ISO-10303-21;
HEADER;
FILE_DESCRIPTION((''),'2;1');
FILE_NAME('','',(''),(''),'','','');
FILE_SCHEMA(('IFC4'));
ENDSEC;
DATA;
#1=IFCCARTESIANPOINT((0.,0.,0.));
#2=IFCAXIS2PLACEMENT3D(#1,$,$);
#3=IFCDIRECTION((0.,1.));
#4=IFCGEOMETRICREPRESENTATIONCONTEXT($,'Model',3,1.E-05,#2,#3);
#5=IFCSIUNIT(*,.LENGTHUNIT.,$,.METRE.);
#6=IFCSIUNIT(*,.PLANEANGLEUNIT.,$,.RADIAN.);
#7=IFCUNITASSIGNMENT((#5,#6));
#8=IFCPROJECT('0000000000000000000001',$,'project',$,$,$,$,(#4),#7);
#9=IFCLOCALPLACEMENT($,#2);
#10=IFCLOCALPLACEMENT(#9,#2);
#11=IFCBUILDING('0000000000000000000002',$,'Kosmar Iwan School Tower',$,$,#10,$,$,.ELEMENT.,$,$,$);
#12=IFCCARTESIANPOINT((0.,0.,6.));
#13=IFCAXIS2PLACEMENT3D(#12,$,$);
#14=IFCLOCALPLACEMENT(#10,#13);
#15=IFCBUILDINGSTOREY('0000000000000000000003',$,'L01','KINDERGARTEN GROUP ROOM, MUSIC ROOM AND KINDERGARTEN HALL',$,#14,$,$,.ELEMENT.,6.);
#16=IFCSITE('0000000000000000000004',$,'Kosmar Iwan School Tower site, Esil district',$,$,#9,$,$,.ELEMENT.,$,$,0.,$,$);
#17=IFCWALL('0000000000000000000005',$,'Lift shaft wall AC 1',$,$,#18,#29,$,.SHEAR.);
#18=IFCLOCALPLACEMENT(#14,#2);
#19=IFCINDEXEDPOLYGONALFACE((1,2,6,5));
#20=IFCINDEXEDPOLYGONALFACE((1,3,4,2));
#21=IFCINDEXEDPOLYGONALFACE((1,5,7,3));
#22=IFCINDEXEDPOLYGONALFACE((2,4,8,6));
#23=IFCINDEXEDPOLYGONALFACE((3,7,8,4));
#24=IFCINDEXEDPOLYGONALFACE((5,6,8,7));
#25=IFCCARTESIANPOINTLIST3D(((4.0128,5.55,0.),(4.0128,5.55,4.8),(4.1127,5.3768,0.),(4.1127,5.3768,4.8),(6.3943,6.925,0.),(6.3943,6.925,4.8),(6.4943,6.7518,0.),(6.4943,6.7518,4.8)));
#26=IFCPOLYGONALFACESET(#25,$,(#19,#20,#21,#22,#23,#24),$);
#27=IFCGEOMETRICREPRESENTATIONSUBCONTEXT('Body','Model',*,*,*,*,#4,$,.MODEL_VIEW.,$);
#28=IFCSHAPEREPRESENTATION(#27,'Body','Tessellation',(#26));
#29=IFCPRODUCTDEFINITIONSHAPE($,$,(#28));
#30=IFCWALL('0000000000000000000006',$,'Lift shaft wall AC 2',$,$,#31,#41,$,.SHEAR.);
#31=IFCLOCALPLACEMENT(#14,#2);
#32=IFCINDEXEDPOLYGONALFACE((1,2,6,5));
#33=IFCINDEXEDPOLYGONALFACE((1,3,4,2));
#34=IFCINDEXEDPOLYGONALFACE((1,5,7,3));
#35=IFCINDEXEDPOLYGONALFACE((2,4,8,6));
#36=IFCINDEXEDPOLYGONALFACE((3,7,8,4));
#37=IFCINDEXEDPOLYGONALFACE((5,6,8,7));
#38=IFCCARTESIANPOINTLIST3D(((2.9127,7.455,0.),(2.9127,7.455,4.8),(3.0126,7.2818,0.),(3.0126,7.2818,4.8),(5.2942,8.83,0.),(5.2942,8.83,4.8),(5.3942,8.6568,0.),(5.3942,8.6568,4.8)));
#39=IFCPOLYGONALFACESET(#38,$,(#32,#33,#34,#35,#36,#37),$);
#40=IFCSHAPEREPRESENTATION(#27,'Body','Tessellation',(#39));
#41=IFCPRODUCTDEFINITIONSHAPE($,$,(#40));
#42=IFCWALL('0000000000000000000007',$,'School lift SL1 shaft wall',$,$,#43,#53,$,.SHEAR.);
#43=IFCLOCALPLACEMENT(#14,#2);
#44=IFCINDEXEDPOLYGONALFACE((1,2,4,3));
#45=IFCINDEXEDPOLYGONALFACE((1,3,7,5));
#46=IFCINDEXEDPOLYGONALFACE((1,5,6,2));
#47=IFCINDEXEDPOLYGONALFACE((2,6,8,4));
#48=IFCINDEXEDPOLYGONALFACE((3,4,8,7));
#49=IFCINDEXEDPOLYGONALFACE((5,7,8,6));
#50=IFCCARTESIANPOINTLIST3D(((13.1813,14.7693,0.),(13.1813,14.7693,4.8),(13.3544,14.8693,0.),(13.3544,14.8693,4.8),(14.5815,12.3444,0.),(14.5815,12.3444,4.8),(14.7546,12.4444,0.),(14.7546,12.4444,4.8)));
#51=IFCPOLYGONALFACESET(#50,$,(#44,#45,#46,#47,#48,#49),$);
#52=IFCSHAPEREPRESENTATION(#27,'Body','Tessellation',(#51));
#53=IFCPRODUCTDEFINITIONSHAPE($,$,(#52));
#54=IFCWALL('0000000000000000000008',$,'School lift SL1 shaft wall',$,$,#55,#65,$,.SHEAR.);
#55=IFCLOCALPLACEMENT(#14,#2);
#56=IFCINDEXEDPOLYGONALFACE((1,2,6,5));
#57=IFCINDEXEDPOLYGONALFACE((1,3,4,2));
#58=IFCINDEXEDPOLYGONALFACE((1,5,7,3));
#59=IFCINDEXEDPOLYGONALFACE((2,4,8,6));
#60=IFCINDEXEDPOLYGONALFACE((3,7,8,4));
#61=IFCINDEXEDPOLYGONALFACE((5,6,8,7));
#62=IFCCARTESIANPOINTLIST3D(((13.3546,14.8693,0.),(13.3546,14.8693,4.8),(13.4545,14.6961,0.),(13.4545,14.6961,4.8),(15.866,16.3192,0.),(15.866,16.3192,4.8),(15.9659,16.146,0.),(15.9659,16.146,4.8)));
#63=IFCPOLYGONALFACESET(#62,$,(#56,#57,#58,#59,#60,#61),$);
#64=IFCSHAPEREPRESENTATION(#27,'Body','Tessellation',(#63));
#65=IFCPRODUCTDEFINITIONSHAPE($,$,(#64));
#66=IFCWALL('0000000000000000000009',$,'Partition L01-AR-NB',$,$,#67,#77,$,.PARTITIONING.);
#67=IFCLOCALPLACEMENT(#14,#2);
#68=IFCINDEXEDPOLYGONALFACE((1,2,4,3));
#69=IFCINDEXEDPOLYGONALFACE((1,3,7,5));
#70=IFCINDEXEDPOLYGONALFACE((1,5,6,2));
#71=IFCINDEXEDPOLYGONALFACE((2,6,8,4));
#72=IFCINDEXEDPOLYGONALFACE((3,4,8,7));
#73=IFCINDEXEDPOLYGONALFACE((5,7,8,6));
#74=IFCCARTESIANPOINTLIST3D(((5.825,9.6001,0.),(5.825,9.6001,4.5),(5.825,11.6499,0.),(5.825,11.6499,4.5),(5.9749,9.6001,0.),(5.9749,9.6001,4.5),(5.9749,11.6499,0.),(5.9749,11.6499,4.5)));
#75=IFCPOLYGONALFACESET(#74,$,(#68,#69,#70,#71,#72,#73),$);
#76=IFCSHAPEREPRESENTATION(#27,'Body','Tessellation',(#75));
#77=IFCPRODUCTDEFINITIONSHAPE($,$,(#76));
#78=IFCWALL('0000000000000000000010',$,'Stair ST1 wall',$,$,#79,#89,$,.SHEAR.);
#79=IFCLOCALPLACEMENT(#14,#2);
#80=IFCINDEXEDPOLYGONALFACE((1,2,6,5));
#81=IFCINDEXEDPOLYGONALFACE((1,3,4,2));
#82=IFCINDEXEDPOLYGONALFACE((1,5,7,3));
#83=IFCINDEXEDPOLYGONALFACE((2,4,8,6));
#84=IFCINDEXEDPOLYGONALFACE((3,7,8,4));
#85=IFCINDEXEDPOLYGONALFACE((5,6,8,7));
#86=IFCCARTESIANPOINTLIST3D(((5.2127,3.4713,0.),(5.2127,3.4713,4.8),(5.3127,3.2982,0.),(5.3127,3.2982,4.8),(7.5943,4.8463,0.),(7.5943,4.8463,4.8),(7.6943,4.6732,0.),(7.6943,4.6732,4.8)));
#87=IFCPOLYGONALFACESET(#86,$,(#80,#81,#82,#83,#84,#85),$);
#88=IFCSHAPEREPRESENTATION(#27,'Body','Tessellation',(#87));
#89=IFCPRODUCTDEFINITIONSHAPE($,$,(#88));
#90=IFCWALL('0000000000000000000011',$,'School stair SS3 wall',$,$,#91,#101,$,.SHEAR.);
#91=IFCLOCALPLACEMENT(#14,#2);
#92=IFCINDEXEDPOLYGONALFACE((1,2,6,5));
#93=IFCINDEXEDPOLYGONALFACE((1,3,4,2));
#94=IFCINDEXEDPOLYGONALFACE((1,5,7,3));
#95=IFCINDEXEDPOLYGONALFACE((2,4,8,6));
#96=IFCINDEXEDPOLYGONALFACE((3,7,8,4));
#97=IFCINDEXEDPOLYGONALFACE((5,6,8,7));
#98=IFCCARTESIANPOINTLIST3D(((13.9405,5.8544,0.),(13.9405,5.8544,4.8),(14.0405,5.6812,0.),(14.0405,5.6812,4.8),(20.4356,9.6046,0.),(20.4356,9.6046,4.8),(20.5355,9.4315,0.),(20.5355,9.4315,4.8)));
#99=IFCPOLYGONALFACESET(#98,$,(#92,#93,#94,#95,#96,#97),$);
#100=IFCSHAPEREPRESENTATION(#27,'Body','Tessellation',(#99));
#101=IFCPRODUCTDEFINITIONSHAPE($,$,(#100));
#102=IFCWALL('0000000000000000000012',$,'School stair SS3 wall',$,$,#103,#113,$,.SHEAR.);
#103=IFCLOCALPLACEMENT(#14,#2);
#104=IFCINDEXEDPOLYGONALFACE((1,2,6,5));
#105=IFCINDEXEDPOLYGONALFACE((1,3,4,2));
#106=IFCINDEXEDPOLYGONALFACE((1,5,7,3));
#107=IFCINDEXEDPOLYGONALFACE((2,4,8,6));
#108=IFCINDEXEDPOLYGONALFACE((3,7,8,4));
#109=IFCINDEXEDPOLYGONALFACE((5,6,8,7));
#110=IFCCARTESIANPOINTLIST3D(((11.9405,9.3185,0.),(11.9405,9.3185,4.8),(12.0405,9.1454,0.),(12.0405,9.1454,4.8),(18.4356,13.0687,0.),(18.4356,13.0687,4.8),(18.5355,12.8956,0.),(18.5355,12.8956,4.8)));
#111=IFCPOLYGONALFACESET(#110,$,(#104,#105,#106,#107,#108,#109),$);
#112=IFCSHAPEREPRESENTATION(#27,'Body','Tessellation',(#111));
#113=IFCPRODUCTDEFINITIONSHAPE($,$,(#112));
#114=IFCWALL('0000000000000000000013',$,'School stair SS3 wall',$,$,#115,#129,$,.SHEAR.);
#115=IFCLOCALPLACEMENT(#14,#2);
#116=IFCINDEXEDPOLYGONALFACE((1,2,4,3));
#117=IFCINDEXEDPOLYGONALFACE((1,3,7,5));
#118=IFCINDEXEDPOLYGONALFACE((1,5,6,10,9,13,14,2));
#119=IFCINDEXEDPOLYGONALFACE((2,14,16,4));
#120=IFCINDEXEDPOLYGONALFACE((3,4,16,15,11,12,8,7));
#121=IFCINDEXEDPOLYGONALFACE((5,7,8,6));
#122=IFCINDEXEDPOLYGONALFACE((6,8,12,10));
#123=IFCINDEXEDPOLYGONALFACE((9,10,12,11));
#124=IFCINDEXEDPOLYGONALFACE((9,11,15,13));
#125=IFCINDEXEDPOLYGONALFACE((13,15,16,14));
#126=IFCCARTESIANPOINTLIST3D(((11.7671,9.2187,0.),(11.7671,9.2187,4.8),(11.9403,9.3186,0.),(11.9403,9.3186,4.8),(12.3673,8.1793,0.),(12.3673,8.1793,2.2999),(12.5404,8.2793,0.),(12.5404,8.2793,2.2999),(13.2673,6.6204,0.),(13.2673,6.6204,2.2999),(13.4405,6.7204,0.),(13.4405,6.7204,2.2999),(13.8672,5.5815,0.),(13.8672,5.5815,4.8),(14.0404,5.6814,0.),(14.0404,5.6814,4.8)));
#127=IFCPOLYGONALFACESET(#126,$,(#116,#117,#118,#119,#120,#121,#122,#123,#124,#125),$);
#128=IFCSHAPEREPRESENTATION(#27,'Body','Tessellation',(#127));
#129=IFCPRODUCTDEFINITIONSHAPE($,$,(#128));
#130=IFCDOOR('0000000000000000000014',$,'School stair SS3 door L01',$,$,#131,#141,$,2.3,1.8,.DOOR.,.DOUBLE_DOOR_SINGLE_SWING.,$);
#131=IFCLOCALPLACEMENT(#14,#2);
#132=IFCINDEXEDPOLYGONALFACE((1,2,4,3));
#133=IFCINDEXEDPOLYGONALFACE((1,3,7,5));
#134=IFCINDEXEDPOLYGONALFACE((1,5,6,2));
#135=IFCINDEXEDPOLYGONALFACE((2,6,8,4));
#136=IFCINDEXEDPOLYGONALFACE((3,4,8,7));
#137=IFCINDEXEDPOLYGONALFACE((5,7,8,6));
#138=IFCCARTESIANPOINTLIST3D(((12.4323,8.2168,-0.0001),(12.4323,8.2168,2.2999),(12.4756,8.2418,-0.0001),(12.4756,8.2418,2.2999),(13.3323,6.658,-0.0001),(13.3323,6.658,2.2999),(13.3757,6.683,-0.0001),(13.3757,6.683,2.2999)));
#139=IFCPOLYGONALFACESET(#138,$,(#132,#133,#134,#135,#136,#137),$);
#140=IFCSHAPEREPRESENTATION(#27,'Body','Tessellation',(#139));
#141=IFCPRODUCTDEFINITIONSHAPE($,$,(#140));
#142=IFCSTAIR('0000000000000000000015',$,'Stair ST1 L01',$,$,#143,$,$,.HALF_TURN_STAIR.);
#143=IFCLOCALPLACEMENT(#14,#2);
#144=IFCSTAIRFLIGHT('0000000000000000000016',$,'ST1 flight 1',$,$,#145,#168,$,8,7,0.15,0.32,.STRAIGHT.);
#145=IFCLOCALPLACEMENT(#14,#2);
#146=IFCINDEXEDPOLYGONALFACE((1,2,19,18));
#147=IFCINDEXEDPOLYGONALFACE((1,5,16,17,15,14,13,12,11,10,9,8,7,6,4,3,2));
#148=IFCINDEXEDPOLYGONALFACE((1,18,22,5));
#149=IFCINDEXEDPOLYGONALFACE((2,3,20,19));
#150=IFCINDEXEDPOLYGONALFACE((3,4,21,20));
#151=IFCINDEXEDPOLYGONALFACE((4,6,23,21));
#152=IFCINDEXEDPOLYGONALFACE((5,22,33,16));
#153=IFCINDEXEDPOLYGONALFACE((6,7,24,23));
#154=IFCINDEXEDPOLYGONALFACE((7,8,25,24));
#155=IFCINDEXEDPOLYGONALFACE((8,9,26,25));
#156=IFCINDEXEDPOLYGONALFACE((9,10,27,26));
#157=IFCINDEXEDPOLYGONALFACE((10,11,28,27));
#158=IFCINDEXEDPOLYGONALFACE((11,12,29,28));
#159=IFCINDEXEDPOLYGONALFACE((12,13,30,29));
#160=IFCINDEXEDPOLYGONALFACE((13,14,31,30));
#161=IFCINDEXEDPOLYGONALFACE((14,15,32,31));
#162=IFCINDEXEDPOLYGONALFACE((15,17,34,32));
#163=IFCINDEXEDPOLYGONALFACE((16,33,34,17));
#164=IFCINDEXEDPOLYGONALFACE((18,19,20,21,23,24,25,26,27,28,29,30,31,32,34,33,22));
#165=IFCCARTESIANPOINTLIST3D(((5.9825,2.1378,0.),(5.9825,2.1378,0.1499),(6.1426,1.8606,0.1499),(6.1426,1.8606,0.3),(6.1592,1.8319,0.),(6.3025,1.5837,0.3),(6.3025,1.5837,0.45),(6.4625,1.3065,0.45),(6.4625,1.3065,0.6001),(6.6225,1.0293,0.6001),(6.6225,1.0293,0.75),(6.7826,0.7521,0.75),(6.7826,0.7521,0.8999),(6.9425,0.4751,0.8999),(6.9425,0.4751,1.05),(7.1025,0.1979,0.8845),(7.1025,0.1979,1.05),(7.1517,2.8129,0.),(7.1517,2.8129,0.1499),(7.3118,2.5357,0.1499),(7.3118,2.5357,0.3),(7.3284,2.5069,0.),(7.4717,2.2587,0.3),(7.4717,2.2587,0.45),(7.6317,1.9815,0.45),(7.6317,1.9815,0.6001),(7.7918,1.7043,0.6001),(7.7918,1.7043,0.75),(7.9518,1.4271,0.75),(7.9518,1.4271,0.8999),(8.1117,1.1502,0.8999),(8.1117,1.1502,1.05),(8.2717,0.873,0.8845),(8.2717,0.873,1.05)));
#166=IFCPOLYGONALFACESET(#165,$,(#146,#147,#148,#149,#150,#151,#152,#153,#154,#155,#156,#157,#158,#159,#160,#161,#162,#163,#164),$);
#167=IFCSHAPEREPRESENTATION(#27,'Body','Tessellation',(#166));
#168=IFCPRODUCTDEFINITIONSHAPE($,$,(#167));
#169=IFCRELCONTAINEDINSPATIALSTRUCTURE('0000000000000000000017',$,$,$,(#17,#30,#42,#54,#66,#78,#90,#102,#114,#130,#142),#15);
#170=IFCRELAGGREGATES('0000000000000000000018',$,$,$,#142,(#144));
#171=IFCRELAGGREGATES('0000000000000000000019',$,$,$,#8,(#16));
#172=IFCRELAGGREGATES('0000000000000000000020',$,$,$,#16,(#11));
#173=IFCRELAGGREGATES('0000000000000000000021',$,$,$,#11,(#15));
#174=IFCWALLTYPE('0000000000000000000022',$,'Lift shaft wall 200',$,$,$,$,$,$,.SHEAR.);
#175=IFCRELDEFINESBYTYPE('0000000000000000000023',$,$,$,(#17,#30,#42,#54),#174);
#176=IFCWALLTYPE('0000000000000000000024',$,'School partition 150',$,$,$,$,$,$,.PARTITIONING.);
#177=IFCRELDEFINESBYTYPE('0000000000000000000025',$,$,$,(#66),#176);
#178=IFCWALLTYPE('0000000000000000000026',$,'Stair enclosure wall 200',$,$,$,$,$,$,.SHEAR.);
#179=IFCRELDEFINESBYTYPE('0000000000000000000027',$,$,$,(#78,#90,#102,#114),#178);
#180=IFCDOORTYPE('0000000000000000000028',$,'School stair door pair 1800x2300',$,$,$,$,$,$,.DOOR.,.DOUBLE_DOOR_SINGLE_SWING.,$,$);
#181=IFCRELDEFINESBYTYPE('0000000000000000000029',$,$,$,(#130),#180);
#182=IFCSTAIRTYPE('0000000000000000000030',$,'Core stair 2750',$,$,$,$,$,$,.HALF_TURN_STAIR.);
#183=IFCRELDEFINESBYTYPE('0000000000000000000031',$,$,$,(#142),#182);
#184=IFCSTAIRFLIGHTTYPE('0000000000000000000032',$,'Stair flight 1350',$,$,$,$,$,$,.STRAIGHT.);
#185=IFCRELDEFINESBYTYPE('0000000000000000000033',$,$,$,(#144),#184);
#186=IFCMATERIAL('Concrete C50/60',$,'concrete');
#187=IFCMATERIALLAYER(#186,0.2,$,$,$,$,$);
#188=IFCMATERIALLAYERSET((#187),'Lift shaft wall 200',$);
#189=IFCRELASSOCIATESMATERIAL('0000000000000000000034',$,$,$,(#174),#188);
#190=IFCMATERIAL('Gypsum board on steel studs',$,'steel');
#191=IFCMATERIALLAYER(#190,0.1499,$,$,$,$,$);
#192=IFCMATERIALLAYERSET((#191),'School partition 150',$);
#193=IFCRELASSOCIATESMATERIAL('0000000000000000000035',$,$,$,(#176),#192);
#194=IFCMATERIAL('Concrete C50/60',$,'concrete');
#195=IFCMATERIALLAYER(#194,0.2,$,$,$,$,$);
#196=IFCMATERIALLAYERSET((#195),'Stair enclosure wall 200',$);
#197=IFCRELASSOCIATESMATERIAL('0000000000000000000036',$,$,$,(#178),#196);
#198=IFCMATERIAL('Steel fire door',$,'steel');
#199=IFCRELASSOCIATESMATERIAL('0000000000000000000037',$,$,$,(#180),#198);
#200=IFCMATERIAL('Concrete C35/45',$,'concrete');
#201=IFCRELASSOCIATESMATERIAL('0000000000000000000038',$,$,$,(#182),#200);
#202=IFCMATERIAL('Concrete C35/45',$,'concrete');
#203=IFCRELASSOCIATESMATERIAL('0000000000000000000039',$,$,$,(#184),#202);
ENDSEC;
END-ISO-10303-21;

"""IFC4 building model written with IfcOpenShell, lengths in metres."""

from ifc_helpers import new_model, si_unit, direction, frame, frame_2d, origin, place, context, subcontext, project, spatial, polyline, rectangle, outline, extrude, material, layer, layer_set, type_object, element, fill, aggregate, save


model = new_model("IFC4")

# Units and contexts
model_context = context("Model", 3, precision=1e-05, world=origin(), true_north=direction((0.0, 1.0)))
body_context = subcontext(model_context, "Body", "Model", "MODEL_VIEW")
ifc_project = project(units=[si_unit("LENGTHUNIT", "METRE"), si_unit("PLANEANGLEUNIT", "RADIAN")], contexts=[model_context])

# Site, building, storey
site_placement = place(None, origin())
site = spatial("IfcSite", under=ifc_project, at=site_placement, Name="Kosmar Iwan School Tower site, Esil district", CompositionType="ELEMENT", RefElevation=0.0)
building_placement = place(site_placement, origin())
building = spatial("IfcBuilding", under=site, at=building_placement, Name="Kosmar Iwan School Tower", CompositionType="ELEMENT")
storey_placement = place(building_placement, frame((0.0, 0.0, 6.0)))
storey = spatial("IfcBuildingStorey", under=building, at=storey_placement, Name="L01", Description="KINDERGARTEN GROUP ROOM, MUSIC ROOM AND KINDERGARTEN HALL", CompositionType="ELEMENT", Elevation=6.0)

# Walls
ifc_material_1 = material(Name="Concrete C50/60", Category="concrete")
ifc_layer_1 = layer(ifc_material_1, 0.2)
ifc_layer_set_1 = layer_set([ifc_layer_1], Name="Lift shaft wall 200")
wall_type_1 = type_object("IfcWallType", Name="Lift shaft wall 200", PredefinedType="SHEAR", material=ifc_layer_set_1)
for number, where, z_axis, x_axis, name in (
    (1, (4.0627, 5.4634, 0.0), (0.0, 0.0, 1.0), (0.866027, 0.499997, 0.0), "Lift shaft wall AC 1"),
    (2, (2.9626, 7.3684, 0.0), (0.0, 0.0, 1.0), (0.866027, 0.499997, 0.0), "Lift shaft wall AC 2"),
):
    element("IfcWall", number, at=place(storey_placement, frame(where, z_axis=z_axis, x_axis=x_axis)), inside=storey, type_object=wall_type_1, Name=name, PredefinedType="SHEAR", context=body_context, shape_type="SweptSolid", body=[
        extrude(rectangle(XDim=2.75, YDim=0.2, at=frame_2d((1.375, 0.0))), origin(), (0.0, 0.0, 1.0), 4.8),
    ])
wall_1_placement = place(storey_placement, frame((14.668, 12.3945, 0.0), z_axis=(0.0, 0.0, 1.0), x_axis=(-0.50005, 0.865997, 0.0)))
element("IfcWall", 3, at=wall_1_placement, inside=storey, type_object=wall_type_1, Name="School lift SL1 shaft wall", PredefinedType="SHEAR", context=body_context, shape_type="SweptSolid", body=[
    extrude(rectangle(XDim=2.8, YDim=0.2, at=frame_2d((1.3999, 0.0))), origin(), (0.0, 0.0, 1.0), 4.8),
])
wall_2_placement = place(storey_placement, frame((13.4045, 14.7827, 0.0), z_axis=(0.0, 0.0, 1.0), x_axis=(0.866033, 0.499987, 0.0)))
element("IfcWall", 4, at=wall_2_placement, inside=storey, type_object=wall_type_1, Name="School lift SL1 shaft wall", PredefinedType="SHEAR", context=body_context, shape_type="SweptSolid", body=[
    extrude(rectangle(XDim=2.8999, YDim=0.2, at=frame_2d((1.45, 0.0))), origin(), (0.0, 0.0, 1.0), 4.8),
])
ifc_material_2 = material(Name="Gypsum board on steel studs", Category="steel")
ifc_layer_2 = layer(ifc_material_2, 0.1499)
ifc_layer_set_2 = layer_set([ifc_layer_2], Name="School partition 150")
wall_type_2 = type_object("IfcWallType", Name="School partition 150", PredefinedType="PARTITIONING", material=ifc_layer_set_2)
wall_3_placement = place(storey_placement, frame((5.8999, 9.6001, 0.0), z_axis=(0.0, 0.0, 1.0), x_axis=(0.0, 1.0, 0.0)))
element("IfcWall", 5, at=wall_3_placement, inside=storey, type_object=wall_type_2, Name="Partition L01-AR-NB", PredefinedType="PARTITIONING", context=body_context, shape_type="SweptSolid", body=[
    extrude(rectangle(XDim=2.0498, YDim=0.1499, at=frame_2d((1.0249, 0.0))), origin(), (0.0, 0.0, 1.0), 4.5),
])
ifc_material_3 = material(Name="Concrete C50/60", Category="concrete")
ifc_layer_3 = layer(ifc_material_3, 0.2)
ifc_layer_set_3 = layer_set([ifc_layer_3], Name="Stair enclosure wall 200")
wall_type_3 = type_object("IfcWallType", Name="Stair enclosure wall 200", PredefinedType="SHEAR", material=ifc_layer_set_3)
wall_4_placement = place(storey_placement, frame((5.2627, 3.3848, 0.0), z_axis=(0.0, 0.0, 1.0), x_axis=(0.866027, 0.499997, 0.0)))
element("IfcWall", 6, at=wall_4_placement, inside=storey, type_object=wall_type_3, Name="Stair ST1 wall", PredefinedType="SHEAR", context=body_context, shape_type="SweptSolid", body=[
    extrude(rectangle(XDim=2.75, YDim=0.2, at=frame_2d((1.375, 0.0))), origin(), (0.0, 0.0, 1.0), 4.8),
])
for number, where, z_axis, x_axis, name in (
    (7, (13.9905, 5.7678, 0.0), (0.0, 0.0, 1.0), (0.866009, 0.500029, 0.0), "School stair SS3 wall"),
    (8, (11.9905, 9.2319, 0.0), (0.0, 0.0, 1.0), (0.866009, 0.500029, 0.0), "School stair SS3 wall"),
):
    element("IfcWall", number, at=place(storey_placement, frame(where, z_axis=z_axis, x_axis=x_axis)), inside=storey, type_object=wall_type_3, Name=name, PredefinedType="SHEAR", context=body_context, shape_type="SweptSolid", body=[
        extrude(rectangle(XDim=7.5, YDim=0.2, at=frame_2d((3.75, 0.0))), origin(), (0.0, 0.0, 1.0), 4.8),
    ])

# Wall, opening, door
wall_5_placement = place(storey_placement, frame((13.9539, 5.6313, 0.0), z_axis=(0.0, 0.0, 1.0), x_axis=(-0.500028, 0.866009, 0.0)))
wall_5 = element("IfcWall", 9, at=wall_5_placement, inside=storey, type_object=wall_type_3, Name="School stair SS3 wall", PredefinedType="SHEAR", context=body_context, shape_type="SweptSolid", body=[
    extrude(rectangle(XDim=4.2, YDim=0.2, at=frame_2d((2.1001, 0.0))), origin(), (0.0, 0.0, 1.0), 4.8),
])
opening_1_placement = place(wall_5_placement, frame((1.2, 0.0, 0.0)))
opening_1 = element("IfcOpeningElement", 10, at=opening_1_placement, cuts=wall_5, PredefinedType="OPENING", context=body_context, shape_type="SweptSolid", body=[
    extrude(rectangle(XDim=1.8, YDim=2.3, at=frame_2d((0.8999, 1.1499))), frame((0.0, 0.1121, 0.0), z_axis=(0.0, -1.0, 0.0), x_axis=(1.0, 0.0, 0.0)), (0.0, 0.0, 1.0), 0.2239),
])
ifc_material_4 = material(Name="Steel fire door", Category="steel")
door_type_1 = type_object("IfcDoorType", Name="School stair door pair 1800x2300", OperationType="DOUBLE_DOOR_SINGLE_SWING", PredefinedType="DOOR", material=ifc_material_4)
door_1_placement = place(opening_1_placement, origin())
door_1 = element("IfcDoor", 11, at=door_1_placement, inside=storey, type_object=door_type_1, Name="School stair SS3 door L01", OperationType="DOUBLE_DOOR_SINGLE_SWING", OverallHeight=2.3, OverallWidth=1.8, PredefinedType="DOOR", context=body_context, shape_type="SweptSolid", body=[
    extrude(rectangle(XDim=1.8, YDim=2.3, at=frame_2d((0.8999, 1.1499))), frame((0.0, 0.0249, 0.0), z_axis=(0.0, -1.0, 0.0), x_axis=(1.0, 0.0, 0.0)), (0.0, 0.0, 1.0), 0.05),
])
fill(opening_1, door_1)

# Stair, stair flight
ifc_material_5 = material(Name="Concrete C35/45", Category="concrete")
stair_type = type_object("IfcStairType", Name="Core stair 2750", PredefinedType="HALF_TURN_STAIR", material=ifc_material_5)
stair_placement = place(storey_placement, origin())
stair = element("IfcStair", 12, at=stair_placement, inside=storey, type_object=stair_type, Name="Stair ST1 L01", PredefinedType="HALF_TURN_STAIR")
ifc_material_6 = material(Name="Concrete C35/45", Category="concrete")
stair_flight_type = type_object("IfcStairFlightType", Name="Stair flight 1350", PredefinedType="STRAIGHT", material=ifc_material_6)
stair_flight_1_placement = place(storey_placement, frame((6.5671, 2.4753, 0.0), z_axis=(0.0, 0.0, 1.0), x_axis=(0.5, -0.866025, 0.0)))
stair_flight_1 = element("IfcStairFlight", 13, at=stair_flight_1_placement, type_object=stair_flight_type, Name="ST1 flight 1", NumberOfRisers=8, NumberOfTreads=7, PredefinedType="STRAIGHT", RiserHeight=0.15, TreadLength=0.32, context=body_context, shape_type="SweptSolid", body=[
    extrude(outline(polyline([(0.0, 0.0), (0.0, 0.1499), (0.3201, 0.1499), (0.3201, 0.3), (0.6399, 0.3), (0.6399, 0.45), (0.96, 0.45), (0.96, 0.6001), (1.28, 0.6001), (1.28, 0.75), (1.6001, 0.75), (1.6001, 0.8999), (1.9199, 0.8999), (1.9199, 1.05), (2.24, 1.05), (2.24, 1.2), (2.24, 0.8845), (0.3533, 0.0), (0.0, 0.0)])), frame((0.0, 0.675, 0.0), z_axis=(0.0, -1.0, 0.0), x_axis=(1.0, 0.0, 0.0)), (0.0, 0.0, 1.0), 1.3501),
])
aggregate(stair, [stair_flight_1])

save(model, "model.ifc")
